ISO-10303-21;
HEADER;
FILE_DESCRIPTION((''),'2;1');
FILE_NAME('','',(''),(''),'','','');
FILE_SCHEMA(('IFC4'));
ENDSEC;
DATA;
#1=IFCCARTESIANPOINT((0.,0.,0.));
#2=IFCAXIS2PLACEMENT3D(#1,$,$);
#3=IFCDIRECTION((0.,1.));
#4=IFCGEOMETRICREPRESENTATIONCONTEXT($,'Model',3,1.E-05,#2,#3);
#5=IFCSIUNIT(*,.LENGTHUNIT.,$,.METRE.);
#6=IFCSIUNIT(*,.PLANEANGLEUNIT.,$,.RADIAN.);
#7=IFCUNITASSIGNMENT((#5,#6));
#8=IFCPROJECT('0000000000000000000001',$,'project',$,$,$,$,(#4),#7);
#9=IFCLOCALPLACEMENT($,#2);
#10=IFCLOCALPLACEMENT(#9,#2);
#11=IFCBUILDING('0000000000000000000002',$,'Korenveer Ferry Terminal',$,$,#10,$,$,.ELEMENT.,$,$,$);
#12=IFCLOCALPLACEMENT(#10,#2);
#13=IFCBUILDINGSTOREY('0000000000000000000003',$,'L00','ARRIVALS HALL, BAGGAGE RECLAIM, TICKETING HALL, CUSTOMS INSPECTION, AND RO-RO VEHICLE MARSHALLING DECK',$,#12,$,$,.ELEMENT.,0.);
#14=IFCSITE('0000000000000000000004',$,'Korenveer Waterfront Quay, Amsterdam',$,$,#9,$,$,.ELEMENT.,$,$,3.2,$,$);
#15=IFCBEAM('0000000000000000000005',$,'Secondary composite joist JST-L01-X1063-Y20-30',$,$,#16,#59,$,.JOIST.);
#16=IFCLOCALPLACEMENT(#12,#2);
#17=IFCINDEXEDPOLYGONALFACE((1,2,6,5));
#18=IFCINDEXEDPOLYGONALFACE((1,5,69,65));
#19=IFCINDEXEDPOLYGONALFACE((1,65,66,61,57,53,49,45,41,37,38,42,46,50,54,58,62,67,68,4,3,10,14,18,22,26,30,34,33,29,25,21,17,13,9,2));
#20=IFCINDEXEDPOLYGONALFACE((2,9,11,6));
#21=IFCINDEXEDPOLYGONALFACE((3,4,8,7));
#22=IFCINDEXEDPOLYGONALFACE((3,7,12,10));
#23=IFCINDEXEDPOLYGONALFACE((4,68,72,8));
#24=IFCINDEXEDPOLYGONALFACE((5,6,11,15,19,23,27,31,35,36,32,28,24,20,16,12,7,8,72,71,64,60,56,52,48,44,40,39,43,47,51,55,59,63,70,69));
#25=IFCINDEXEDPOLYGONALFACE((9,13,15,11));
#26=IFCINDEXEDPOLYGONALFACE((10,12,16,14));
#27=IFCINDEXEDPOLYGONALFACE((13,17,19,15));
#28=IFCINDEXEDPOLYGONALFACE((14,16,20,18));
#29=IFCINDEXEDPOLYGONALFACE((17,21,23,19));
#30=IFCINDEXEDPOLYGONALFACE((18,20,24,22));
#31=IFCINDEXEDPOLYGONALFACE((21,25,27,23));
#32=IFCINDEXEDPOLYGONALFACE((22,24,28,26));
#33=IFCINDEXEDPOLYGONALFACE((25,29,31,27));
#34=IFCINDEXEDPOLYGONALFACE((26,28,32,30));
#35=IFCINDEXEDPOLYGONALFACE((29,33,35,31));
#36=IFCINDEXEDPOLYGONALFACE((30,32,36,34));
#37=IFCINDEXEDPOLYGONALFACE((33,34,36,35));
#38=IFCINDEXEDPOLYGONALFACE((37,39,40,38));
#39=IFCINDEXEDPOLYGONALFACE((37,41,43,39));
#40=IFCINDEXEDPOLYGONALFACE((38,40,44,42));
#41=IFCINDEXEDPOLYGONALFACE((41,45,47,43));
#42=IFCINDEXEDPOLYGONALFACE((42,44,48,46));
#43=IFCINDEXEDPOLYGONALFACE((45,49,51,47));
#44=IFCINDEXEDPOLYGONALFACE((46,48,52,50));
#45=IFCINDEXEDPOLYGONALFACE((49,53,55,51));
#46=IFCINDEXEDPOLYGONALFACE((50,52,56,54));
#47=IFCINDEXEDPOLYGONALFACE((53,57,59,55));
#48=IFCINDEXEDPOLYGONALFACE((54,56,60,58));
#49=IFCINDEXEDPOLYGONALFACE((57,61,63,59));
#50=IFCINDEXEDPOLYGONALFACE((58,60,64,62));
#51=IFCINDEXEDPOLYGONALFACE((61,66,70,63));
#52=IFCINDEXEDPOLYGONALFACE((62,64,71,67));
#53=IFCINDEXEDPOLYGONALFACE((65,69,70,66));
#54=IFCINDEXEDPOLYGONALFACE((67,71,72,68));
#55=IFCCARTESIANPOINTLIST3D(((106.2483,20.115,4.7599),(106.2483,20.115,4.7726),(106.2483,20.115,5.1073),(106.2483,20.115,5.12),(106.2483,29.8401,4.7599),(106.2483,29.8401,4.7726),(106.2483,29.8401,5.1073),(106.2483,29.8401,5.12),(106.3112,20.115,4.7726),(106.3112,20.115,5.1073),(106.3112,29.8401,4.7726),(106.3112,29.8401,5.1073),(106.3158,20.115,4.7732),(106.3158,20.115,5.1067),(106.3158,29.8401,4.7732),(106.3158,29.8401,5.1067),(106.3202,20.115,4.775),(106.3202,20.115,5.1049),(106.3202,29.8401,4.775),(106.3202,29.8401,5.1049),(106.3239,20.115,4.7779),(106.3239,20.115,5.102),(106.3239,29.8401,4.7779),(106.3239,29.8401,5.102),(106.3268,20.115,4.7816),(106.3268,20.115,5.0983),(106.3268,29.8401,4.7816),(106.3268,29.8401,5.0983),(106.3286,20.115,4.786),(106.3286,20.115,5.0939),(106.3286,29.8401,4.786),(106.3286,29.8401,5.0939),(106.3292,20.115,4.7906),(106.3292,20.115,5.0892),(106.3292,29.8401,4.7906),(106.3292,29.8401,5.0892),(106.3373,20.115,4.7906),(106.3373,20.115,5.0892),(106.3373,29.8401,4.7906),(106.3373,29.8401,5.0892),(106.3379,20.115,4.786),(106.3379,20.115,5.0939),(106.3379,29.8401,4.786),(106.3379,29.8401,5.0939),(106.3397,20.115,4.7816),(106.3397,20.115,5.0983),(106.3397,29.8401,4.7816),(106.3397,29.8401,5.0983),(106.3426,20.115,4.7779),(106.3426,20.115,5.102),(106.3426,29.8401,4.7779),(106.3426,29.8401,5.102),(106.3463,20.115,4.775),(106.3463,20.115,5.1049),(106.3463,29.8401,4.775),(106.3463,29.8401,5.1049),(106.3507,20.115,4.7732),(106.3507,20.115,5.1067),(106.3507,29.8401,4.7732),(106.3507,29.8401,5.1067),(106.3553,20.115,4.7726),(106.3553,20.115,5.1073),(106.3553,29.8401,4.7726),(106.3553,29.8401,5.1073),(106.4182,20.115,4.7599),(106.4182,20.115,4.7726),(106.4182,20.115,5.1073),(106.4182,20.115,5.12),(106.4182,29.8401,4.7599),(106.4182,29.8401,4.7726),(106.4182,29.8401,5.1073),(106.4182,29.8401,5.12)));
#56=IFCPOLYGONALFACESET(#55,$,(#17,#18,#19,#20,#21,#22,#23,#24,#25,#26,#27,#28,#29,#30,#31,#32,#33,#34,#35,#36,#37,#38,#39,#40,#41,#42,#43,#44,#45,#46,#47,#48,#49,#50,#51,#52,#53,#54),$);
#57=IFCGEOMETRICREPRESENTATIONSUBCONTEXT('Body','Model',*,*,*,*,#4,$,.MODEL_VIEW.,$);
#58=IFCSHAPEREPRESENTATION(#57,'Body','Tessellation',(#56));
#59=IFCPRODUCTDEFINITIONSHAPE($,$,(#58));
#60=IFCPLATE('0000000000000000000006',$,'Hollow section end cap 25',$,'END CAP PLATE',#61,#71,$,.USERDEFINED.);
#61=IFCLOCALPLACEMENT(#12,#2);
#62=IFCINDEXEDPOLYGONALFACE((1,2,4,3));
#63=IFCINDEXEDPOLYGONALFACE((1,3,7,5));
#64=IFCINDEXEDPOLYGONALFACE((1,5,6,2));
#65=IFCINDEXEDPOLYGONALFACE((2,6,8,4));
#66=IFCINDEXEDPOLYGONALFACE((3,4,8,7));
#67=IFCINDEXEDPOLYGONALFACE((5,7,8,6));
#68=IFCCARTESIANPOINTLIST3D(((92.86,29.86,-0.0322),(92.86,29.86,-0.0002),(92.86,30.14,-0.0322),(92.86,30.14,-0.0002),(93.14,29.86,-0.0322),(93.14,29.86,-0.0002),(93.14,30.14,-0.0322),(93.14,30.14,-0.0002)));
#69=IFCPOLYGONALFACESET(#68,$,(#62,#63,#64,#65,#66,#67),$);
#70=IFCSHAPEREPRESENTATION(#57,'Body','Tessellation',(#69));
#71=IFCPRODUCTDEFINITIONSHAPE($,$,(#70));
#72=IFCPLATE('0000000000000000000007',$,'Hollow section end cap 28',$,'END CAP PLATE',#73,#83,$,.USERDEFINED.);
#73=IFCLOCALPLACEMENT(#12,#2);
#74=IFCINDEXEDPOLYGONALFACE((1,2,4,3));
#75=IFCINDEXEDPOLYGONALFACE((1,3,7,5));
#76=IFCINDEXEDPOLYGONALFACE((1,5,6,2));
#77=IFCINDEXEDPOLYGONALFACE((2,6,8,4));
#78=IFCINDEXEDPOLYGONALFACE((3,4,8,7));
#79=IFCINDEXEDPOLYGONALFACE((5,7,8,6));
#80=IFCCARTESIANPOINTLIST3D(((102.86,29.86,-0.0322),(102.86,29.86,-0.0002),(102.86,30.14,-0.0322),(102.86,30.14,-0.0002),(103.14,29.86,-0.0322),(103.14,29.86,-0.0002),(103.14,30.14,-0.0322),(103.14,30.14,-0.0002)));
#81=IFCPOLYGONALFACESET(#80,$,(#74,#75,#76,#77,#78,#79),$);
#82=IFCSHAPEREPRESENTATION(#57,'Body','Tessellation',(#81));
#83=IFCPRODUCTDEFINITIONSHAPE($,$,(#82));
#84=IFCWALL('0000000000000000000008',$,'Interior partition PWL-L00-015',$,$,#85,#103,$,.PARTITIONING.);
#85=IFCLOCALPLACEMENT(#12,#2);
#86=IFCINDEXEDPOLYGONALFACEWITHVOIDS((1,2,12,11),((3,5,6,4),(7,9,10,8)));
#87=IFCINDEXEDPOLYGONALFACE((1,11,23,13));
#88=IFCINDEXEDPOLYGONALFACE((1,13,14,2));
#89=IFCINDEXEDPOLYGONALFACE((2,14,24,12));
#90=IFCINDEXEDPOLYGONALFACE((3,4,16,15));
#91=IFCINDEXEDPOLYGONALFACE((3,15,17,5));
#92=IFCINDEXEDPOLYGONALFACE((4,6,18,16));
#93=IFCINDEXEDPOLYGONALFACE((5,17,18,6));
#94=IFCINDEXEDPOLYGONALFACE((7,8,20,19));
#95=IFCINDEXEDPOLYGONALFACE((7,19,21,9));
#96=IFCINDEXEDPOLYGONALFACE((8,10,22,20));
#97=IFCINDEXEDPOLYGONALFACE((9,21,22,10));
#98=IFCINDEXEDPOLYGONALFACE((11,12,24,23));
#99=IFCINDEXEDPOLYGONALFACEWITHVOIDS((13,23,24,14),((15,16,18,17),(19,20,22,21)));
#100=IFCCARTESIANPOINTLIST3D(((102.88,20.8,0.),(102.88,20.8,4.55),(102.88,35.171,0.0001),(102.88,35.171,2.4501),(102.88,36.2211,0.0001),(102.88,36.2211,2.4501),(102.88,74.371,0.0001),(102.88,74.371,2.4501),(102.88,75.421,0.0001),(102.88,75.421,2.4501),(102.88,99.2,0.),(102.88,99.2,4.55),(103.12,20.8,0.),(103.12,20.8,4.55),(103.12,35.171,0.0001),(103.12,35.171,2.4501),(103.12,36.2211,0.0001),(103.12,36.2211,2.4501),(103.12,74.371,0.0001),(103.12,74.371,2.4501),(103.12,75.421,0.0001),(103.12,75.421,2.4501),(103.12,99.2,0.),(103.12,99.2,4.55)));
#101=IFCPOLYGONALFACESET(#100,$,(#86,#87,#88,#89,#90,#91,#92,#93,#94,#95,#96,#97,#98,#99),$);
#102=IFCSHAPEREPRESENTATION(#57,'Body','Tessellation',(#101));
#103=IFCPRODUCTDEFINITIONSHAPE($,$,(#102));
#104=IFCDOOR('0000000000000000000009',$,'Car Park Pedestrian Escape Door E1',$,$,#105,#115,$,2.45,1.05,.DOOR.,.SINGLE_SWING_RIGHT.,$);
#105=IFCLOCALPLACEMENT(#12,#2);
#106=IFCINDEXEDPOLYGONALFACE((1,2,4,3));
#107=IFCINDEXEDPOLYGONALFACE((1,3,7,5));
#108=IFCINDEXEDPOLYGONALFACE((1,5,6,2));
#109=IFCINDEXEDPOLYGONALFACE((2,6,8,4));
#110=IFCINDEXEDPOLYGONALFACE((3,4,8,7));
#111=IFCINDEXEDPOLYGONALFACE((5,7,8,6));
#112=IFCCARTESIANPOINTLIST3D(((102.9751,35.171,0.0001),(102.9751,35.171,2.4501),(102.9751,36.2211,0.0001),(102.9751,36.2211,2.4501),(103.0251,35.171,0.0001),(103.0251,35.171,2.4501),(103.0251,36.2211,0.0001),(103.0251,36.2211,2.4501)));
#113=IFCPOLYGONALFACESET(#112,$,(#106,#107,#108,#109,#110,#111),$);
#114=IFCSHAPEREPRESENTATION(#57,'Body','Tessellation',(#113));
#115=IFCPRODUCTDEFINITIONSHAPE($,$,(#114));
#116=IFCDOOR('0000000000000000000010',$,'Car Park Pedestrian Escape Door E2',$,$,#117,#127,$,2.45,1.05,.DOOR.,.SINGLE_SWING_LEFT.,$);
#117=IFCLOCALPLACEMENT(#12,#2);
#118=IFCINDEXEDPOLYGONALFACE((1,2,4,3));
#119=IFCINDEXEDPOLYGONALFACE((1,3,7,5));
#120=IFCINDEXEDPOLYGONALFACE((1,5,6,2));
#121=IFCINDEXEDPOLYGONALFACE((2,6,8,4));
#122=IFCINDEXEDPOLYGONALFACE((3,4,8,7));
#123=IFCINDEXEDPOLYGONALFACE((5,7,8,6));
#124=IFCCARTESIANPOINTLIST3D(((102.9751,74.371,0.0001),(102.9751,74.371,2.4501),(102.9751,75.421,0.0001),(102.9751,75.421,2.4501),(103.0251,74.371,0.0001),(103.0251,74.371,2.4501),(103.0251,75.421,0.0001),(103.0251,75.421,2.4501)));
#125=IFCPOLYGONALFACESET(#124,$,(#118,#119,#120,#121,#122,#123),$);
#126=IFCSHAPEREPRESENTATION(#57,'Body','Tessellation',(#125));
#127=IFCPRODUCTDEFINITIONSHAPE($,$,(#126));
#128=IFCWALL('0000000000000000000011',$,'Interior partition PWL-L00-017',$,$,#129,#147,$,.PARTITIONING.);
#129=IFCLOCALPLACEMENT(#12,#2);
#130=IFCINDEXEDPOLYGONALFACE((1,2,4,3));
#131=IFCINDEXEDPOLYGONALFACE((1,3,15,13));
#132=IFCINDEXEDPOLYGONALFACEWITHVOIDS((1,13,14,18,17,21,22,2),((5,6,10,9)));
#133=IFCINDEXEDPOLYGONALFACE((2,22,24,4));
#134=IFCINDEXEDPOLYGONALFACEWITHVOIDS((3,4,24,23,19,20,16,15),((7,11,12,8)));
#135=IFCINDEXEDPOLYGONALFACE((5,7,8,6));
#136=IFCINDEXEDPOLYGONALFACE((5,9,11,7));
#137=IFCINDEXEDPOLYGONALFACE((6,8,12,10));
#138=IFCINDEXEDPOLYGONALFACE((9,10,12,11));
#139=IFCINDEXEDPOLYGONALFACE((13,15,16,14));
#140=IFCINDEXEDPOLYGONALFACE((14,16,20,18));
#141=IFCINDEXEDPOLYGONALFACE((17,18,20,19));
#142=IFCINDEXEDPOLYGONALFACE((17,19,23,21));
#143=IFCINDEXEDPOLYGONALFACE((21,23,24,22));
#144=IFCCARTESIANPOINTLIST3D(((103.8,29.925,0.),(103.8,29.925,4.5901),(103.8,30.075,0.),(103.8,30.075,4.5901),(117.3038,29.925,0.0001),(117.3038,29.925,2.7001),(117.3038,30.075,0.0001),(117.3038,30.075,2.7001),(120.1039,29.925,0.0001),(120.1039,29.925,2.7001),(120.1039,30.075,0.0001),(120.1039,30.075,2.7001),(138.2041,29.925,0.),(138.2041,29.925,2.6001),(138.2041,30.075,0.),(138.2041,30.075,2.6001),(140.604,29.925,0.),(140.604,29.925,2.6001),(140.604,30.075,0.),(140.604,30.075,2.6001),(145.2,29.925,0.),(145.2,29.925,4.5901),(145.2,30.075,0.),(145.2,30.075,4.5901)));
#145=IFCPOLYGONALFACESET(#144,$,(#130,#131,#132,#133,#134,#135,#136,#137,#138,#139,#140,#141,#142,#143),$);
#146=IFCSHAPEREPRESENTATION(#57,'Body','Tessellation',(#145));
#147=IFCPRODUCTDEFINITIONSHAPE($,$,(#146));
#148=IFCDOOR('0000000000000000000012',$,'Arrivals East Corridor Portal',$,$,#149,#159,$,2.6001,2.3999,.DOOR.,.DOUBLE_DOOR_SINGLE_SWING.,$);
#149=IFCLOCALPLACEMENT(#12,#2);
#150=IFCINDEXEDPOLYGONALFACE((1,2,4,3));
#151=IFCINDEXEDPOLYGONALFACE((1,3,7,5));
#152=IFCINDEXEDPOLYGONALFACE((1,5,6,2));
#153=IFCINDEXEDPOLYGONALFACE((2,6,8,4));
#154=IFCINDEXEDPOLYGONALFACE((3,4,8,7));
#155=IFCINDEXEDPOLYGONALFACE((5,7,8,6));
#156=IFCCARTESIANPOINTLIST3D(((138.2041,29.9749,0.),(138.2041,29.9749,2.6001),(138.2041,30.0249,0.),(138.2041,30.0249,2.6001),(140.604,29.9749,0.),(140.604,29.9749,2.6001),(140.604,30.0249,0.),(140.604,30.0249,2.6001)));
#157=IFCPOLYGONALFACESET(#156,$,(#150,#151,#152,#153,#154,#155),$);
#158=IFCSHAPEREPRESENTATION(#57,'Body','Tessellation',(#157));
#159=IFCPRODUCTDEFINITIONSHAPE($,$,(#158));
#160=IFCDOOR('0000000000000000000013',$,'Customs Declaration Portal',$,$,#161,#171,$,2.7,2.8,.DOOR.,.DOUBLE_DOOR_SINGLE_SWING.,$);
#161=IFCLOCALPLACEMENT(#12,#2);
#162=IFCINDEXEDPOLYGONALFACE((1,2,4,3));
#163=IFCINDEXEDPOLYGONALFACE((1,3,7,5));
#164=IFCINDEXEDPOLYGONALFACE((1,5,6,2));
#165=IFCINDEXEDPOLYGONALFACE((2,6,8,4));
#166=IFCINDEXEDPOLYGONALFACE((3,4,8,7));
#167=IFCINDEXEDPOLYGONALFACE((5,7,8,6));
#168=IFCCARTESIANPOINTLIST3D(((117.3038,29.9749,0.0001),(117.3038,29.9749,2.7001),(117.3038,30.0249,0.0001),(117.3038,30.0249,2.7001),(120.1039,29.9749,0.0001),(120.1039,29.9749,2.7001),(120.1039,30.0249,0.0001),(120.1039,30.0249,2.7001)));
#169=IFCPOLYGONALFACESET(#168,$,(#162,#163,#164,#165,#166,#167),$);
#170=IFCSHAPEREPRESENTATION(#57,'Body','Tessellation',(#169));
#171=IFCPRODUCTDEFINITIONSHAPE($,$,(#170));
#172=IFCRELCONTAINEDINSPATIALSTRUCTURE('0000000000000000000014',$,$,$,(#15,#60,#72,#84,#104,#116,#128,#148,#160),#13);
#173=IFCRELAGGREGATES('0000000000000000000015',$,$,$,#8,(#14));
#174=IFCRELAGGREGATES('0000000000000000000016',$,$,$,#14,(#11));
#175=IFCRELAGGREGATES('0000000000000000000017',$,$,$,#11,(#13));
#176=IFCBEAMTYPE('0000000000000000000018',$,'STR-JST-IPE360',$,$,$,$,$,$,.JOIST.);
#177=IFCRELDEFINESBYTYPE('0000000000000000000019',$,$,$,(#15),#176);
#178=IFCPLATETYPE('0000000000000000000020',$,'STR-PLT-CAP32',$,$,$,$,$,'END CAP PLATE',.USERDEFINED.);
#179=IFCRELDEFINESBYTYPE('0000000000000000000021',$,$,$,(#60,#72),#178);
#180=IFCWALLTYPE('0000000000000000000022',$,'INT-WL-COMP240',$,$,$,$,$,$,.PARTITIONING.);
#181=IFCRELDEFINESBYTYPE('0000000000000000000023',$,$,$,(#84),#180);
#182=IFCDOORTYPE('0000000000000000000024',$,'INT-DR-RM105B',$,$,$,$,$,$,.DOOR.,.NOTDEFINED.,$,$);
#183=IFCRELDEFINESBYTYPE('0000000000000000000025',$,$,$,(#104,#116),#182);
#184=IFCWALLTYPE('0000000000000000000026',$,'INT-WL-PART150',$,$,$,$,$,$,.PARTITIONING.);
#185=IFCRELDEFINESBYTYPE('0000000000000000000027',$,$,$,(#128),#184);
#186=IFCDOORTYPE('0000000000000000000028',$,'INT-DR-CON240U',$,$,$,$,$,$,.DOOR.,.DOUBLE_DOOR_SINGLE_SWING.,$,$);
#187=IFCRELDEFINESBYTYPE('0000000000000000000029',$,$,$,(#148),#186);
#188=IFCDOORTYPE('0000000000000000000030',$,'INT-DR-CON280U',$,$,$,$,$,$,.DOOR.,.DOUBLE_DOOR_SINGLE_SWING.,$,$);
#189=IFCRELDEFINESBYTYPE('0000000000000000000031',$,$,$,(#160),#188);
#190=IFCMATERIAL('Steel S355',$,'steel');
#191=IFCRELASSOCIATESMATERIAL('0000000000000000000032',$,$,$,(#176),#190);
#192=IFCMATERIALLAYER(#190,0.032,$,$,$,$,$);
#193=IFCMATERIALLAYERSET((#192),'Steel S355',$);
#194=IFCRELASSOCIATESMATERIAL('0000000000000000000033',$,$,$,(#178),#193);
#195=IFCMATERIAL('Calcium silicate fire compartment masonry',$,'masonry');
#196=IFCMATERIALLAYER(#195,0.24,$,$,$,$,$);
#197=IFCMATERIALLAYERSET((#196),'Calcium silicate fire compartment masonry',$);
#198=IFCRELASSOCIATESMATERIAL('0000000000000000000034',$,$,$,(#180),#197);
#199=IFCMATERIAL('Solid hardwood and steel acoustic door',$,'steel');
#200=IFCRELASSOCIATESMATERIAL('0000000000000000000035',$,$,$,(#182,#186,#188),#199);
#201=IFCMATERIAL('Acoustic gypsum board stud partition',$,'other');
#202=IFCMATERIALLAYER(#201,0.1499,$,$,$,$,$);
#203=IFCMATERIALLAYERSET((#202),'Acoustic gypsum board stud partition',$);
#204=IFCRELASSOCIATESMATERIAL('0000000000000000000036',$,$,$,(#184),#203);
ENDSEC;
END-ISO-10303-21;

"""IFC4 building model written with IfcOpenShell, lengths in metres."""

from ifc_helpers import new_model, si_unit, direction, frame, frame_2d, origin, origin_2d, place, context, subcontext, project, spatial, rectangle, i_section, extrude, material, layer, layer_set, material_profile, profile_set, type_object, element, fill, save


model = new_model("IFC4")

# Units and contexts
model_context = context("Model", 3, precision=1e-05, world=origin(), true_north=direction((0.0, 1.0)))
body_context = subcontext(model_context, "Body", "Model", "MODEL_VIEW")
ifc_project = project(units=[si_unit("LENGTHUNIT", "METRE"), si_unit("PLANEANGLEUNIT", "RADIAN")], contexts=[model_context])

# Site, building, storey
site_placement = place(None, origin())
site = spatial("IfcSite", under=ifc_project, at=site_placement, Name="Korenveer Waterfront Quay, Amsterdam", CompositionType="ELEMENT", RefElevation=3.2)
building_placement = place(site_placement, origin())
building = spatial("IfcBuilding", under=site, at=building_placement, Name="Korenveer Ferry Terminal", CompositionType="ELEMENT")
storey_placement = place(building_placement, origin())
storey = spatial("IfcBuildingStorey", under=building, at=storey_placement, Name="L00", Description="ARRIVALS HALL, BAGGAGE RECLAIM, TICKETING HALL, CUSTOMS INSPECTION, AND RO-RO VEHICLE MARSHALLING DECK", CompositionType="ELEMENT", Elevation=0.0)

# Shared definitions
ifc_material_1 = material(Name="Steel S355", Category="steel")

# Beam
ifc_material_profile_1 = material_profile(ifc_material_1, i_section(OverallWidth=0.1699, OverallDepth=0.3601, WebThickness=0.0081, FlangeThickness=0.0127, FilletRadius=0.0181, at=origin_2d()), Name="IPE 360")
ifc_profile_set_1 = profile_set([ifc_material_profile_1], Name="Steel S355")
beam_type_1 = type_object("IfcBeamType", Name="STR-JST-IPE360", PredefinedType="JOIST", material=ifc_profile_set_1)
beam_placement = place(storey_placement, frame((106.3333, 20.115, 4.9399), z_axis=(0.0, 1.0, 0.0), x_axis=(-1.0, 0.0, 0.0)))
element("IfcBeam", 1, at=beam_placement, inside=storey, type_object=beam_type_1, Name="Secondary composite joist JST-L01-X1063-Y20-30", PredefinedType="JOIST", context=body_context, shape_type="SweptSolid", body=[
    extrude(i_section(OverallWidth=0.1699, OverallDepth=0.3601, WebThickness=0.0081, FlangeThickness=0.0127, FilletRadius=0.0181, at=origin_2d()), origin(), (0.0, 0.0, 1.0), 9.7251),
])

# Plates
ifc_layer_1 = layer(ifc_material_1, 0.032)
ifc_layer_set_1 = layer_set([ifc_layer_1], Name="Steel S355")
plate_type = type_object("IfcPlateType", Name="STR-PLT-CAP32", ElementType="END CAP PLATE", PredefinedType="USERDEFINED", material=ifc_layer_set_1)
for number, where, z_axis, x_axis, name in (
    (2, (93.0, 30.0, -0.0322), (0.0, 0.0, 1.0), (1.0, 0.0, 0.0), "Hollow section end cap 25"),
    (3, (103.0, 30.0, -0.0322), (0.0, 0.0, 1.0), (1.0, 0.0, 0.0), "Hollow section end cap 28"),
):
    element("IfcPlate", number, at=place(storey_placement, frame(where, z_axis=z_axis, x_axis=x_axis)), inside=storey, type_object=plate_type, Name=name, ObjectType="END CAP PLATE", PredefinedType="USERDEFINED", context=body_context, shape_type="SweptSolid", body=[
        extrude(rectangle(XDim=0.28, YDim=0.28, at=origin_2d()), origin(), (0.0, 0.0, 1.0), 0.032),
    ])

# Walls, openings, doors
ifc_material_2 = material(Name="Calcium silicate fire compartment masonry", Category="masonry")
ifc_layer_2 = layer(ifc_material_2, 0.24)
ifc_layer_set_2 = layer_set([ifc_layer_2], Name="Calcium silicate fire compartment masonry")
wall_type_1 = type_object("IfcWallType", Name="INT-WL-COMP240", PredefinedType="PARTITIONING", material=ifc_layer_set_2)
wall_1_placement = place(storey_placement, frame((103.0, 20.8, 0.0), z_axis=(0.0, 0.0, 1.0), x_axis=(0.0, 1.0, 0.0)))
wall_1 = element("IfcWall", 4, at=wall_1_placement, inside=storey, type_object=wall_type_1, Name="Interior partition PWL-L00-015", PredefinedType="PARTITIONING", context=body_context, shape_type="SweptSolid", body=[
    extrude(rectangle(XDim=78.3999, YDim=0.24, at=frame_2d((39.2, 0.0))), origin(), (0.0, 0.0, 1.0), 4.55),
])
opening_1_placement = place(wall_1_placement, frame((14.3711, 0.0, 0.0)))
opening_1 = element("IfcOpeningElement", 5, at=opening_1_placement, cuts=wall_1, PredefinedType="OPENING", context=body_context, shape_type="SweptSolid", body=[
    extrude(rectangle(XDim=1.05, YDim=2.45, at=frame_2d((0.5249, 1.2251))), frame((0.0, 0.1299, 0.0), z_axis=(0.0, -1.0, 0.0), x_axis=(1.0, 0.0, 0.0)), (0.0, 0.0, 1.0), 0.26),
])
opening_2_placement = place(wall_1_placement, frame((53.571, 0.0, 0.0)))
opening_2 = element("IfcOpeningElement", 6, at=opening_2_placement, cuts=wall_1, PredefinedType="OPENING", context=body_context, shape_type="SweptSolid", body=[
    extrude(rectangle(XDim=1.05, YDim=2.45, at=frame_2d((0.5249, 1.2251))), frame((0.0, 0.1299, 0.0), z_axis=(0.0, -1.0, 0.0), x_axis=(1.0, 0.0, 0.0)), (0.0, 0.0, 1.0), 0.26),
])
ifc_material_3 = material(Name="Solid hardwood and steel acoustic door", Category="steel")
door_type_1 = type_object("IfcDoorType", Name="INT-DR-RM105B", OperationType="NOTDEFINED", PredefinedType="DOOR", material=ifc_material_3)
door_1_placement = place(opening_1_placement, origin())
door_1 = element("IfcDoor", 7, at=door_1_placement, inside=storey, type_object=door_type_1, Name="Car Park Pedestrian Escape Door E1", OperationType="SINGLE_SWING_RIGHT", OverallHeight=2.45, OverallWidth=1.05, PredefinedType="DOOR", context=body_context, shape_type="SweptSolid", body=[
    extrude(rectangle(XDim=1.05, YDim=2.45, at=frame_2d((0.5249, 1.2251))), frame((0.0, 0.0249, 0.0), z_axis=(0.0, -1.0, 0.0), x_axis=(1.0, 0.0, 0.0)), (0.0, 0.0, 1.0), 0.05),
])
fill(opening_1, door_1)
door_2_placement = place(opening_2_placement, origin())
door_2 = element("IfcDoor", 8, at=door_2_placement, inside=storey, type_object=door_type_1, Name="Car Park Pedestrian Escape Door E2", OperationType="SINGLE_SWING_LEFT", OverallHeight=2.45, OverallWidth=1.05, PredefinedType="DOOR", context=body_context, shape_type="SweptSolid", body=[
    extrude(rectangle(XDim=1.05, YDim=2.45, at=frame_2d((0.5249, 1.2251))), frame((0.0, 0.0249, 0.0), z_axis=(0.0, -1.0, 0.0), x_axis=(1.0, 0.0, 0.0)), (0.0, 0.0, 1.0), 0.05),
])
fill(opening_2, door_2)
ifc_material_4 = material(Name="Acoustic gypsum board stud partition", Category="other")
ifc_layer_3 = layer(ifc_material_4, 0.1499)
ifc_layer_set_3 = layer_set([ifc_layer_3], Name="Acoustic gypsum board stud partition")
wall_type_2 = type_object("IfcWallType", Name="INT-WL-PART150", PredefinedType="PARTITIONING", material=ifc_layer_set_3)
wall_2_placement = place(storey_placement, frame((103.8, 30.0, 0.0), z_axis=(0.0, 0.0, 1.0), x_axis=(1.0, 0.0, 0.0)))
wall_2 = element("IfcWall", 9, at=wall_2_placement, inside=storey, type_object=wall_type_2, Name="Interior partition PWL-L00-017", PredefinedType="PARTITIONING", context=body_context, shape_type="SweptSolid", body=[
    extrude(rectangle(XDim=41.3999, YDim=0.1499, at=frame_2d((20.7, 0.0))), origin(), (0.0, 0.0, 1.0), 4.5901),
])
opening_3_placement = place(wall_2_placement, frame((13.5039, 0.0, 0.0)))
opening_3 = element("IfcOpeningElement", 10, at=opening_3_placement, cuts=wall_2, PredefinedType="OPENING", context=body_context, shape_type="SweptSolid", body=[
    extrude(rectangle(XDim=2.8, YDim=2.7, at=frame_2d((1.3999, 1.3501))), frame((0.0, 0.085, 0.0), z_axis=(0.0, -1.0, 0.0), x_axis=(1.0, 0.0, 0.0)), (0.0, 0.0, 1.0), 0.1699),
])
opening_4_placement = place(wall_2_placement, frame((34.4041, 0.0, 0.0)))
opening_4 = element("IfcOpeningElement", 11, at=opening_4_placement, cuts=wall_2, PredefinedType="OPENING", context=body_context, shape_type="SweptSolid", body=[
    extrude(rectangle(XDim=2.3999, YDim=2.6001, at=frame_2d((1.2, 1.3))), frame((0.0, 0.085, 0.0), z_axis=(0.0, -1.0, 0.0), x_axis=(1.0, 0.0, 0.0)), (0.0, 0.0, 1.0), 0.1699),
])
door_type_2 = type_object("IfcDoorType", Name="INT-DR-CON240U", OperationType="DOUBLE_DOOR_SINGLE_SWING", PredefinedType="DOOR", material=ifc_material_3)
door_3_placement = place(opening_4_placement, origin())
door_3 = element("IfcDoor", 12, at=door_3_placement, inside=storey, type_object=door_type_2, Name="Arrivals East Corridor Portal", OperationType="DOUBLE_DOOR_SINGLE_SWING", OverallHeight=2.6001, OverallWidth=2.3999, PredefinedType="DOOR", context=body_context, shape_type="SweptSolid", body=[
    extrude(rectangle(XDim=2.3999, YDim=2.6001, at=frame_2d((1.2, 1.3))), frame((0.0, 0.0249, 0.0), z_axis=(0.0, -1.0, 0.0), x_axis=(1.0, 0.0, 0.0)), (0.0, 0.0, 1.0), 0.05),
])
fill(opening_4, door_3)
door_type_3 = type_object("IfcDoorType", Name="INT-DR-CON280U", OperationType="DOUBLE_DOOR_SINGLE_SWING", PredefinedType="DOOR", material=ifc_material_3)
door_4_placement = place(opening_3_placement, origin())
door_4 = element("IfcDoor", 13, at=door_4_placement, inside=storey, type_object=door_type_3, Name="Customs Declaration Portal", OperationType="DOUBLE_DOOR_SINGLE_SWING", OverallHeight=2.7, OverallWidth=2.8, PredefinedType="DOOR", context=body_context, shape_type="SweptSolid", body=[
    extrude(rectangle(XDim=2.8, YDim=2.7, at=frame_2d((1.3999, 1.3501))), frame((0.0, 0.0249, 0.0), z_axis=(0.0, -1.0, 0.0), x_axis=(1.0, 0.0, 0.0)), (0.0, 0.0, 1.0), 0.05),
])
fill(opening_3, door_4)

save(model, "model.ifc")
